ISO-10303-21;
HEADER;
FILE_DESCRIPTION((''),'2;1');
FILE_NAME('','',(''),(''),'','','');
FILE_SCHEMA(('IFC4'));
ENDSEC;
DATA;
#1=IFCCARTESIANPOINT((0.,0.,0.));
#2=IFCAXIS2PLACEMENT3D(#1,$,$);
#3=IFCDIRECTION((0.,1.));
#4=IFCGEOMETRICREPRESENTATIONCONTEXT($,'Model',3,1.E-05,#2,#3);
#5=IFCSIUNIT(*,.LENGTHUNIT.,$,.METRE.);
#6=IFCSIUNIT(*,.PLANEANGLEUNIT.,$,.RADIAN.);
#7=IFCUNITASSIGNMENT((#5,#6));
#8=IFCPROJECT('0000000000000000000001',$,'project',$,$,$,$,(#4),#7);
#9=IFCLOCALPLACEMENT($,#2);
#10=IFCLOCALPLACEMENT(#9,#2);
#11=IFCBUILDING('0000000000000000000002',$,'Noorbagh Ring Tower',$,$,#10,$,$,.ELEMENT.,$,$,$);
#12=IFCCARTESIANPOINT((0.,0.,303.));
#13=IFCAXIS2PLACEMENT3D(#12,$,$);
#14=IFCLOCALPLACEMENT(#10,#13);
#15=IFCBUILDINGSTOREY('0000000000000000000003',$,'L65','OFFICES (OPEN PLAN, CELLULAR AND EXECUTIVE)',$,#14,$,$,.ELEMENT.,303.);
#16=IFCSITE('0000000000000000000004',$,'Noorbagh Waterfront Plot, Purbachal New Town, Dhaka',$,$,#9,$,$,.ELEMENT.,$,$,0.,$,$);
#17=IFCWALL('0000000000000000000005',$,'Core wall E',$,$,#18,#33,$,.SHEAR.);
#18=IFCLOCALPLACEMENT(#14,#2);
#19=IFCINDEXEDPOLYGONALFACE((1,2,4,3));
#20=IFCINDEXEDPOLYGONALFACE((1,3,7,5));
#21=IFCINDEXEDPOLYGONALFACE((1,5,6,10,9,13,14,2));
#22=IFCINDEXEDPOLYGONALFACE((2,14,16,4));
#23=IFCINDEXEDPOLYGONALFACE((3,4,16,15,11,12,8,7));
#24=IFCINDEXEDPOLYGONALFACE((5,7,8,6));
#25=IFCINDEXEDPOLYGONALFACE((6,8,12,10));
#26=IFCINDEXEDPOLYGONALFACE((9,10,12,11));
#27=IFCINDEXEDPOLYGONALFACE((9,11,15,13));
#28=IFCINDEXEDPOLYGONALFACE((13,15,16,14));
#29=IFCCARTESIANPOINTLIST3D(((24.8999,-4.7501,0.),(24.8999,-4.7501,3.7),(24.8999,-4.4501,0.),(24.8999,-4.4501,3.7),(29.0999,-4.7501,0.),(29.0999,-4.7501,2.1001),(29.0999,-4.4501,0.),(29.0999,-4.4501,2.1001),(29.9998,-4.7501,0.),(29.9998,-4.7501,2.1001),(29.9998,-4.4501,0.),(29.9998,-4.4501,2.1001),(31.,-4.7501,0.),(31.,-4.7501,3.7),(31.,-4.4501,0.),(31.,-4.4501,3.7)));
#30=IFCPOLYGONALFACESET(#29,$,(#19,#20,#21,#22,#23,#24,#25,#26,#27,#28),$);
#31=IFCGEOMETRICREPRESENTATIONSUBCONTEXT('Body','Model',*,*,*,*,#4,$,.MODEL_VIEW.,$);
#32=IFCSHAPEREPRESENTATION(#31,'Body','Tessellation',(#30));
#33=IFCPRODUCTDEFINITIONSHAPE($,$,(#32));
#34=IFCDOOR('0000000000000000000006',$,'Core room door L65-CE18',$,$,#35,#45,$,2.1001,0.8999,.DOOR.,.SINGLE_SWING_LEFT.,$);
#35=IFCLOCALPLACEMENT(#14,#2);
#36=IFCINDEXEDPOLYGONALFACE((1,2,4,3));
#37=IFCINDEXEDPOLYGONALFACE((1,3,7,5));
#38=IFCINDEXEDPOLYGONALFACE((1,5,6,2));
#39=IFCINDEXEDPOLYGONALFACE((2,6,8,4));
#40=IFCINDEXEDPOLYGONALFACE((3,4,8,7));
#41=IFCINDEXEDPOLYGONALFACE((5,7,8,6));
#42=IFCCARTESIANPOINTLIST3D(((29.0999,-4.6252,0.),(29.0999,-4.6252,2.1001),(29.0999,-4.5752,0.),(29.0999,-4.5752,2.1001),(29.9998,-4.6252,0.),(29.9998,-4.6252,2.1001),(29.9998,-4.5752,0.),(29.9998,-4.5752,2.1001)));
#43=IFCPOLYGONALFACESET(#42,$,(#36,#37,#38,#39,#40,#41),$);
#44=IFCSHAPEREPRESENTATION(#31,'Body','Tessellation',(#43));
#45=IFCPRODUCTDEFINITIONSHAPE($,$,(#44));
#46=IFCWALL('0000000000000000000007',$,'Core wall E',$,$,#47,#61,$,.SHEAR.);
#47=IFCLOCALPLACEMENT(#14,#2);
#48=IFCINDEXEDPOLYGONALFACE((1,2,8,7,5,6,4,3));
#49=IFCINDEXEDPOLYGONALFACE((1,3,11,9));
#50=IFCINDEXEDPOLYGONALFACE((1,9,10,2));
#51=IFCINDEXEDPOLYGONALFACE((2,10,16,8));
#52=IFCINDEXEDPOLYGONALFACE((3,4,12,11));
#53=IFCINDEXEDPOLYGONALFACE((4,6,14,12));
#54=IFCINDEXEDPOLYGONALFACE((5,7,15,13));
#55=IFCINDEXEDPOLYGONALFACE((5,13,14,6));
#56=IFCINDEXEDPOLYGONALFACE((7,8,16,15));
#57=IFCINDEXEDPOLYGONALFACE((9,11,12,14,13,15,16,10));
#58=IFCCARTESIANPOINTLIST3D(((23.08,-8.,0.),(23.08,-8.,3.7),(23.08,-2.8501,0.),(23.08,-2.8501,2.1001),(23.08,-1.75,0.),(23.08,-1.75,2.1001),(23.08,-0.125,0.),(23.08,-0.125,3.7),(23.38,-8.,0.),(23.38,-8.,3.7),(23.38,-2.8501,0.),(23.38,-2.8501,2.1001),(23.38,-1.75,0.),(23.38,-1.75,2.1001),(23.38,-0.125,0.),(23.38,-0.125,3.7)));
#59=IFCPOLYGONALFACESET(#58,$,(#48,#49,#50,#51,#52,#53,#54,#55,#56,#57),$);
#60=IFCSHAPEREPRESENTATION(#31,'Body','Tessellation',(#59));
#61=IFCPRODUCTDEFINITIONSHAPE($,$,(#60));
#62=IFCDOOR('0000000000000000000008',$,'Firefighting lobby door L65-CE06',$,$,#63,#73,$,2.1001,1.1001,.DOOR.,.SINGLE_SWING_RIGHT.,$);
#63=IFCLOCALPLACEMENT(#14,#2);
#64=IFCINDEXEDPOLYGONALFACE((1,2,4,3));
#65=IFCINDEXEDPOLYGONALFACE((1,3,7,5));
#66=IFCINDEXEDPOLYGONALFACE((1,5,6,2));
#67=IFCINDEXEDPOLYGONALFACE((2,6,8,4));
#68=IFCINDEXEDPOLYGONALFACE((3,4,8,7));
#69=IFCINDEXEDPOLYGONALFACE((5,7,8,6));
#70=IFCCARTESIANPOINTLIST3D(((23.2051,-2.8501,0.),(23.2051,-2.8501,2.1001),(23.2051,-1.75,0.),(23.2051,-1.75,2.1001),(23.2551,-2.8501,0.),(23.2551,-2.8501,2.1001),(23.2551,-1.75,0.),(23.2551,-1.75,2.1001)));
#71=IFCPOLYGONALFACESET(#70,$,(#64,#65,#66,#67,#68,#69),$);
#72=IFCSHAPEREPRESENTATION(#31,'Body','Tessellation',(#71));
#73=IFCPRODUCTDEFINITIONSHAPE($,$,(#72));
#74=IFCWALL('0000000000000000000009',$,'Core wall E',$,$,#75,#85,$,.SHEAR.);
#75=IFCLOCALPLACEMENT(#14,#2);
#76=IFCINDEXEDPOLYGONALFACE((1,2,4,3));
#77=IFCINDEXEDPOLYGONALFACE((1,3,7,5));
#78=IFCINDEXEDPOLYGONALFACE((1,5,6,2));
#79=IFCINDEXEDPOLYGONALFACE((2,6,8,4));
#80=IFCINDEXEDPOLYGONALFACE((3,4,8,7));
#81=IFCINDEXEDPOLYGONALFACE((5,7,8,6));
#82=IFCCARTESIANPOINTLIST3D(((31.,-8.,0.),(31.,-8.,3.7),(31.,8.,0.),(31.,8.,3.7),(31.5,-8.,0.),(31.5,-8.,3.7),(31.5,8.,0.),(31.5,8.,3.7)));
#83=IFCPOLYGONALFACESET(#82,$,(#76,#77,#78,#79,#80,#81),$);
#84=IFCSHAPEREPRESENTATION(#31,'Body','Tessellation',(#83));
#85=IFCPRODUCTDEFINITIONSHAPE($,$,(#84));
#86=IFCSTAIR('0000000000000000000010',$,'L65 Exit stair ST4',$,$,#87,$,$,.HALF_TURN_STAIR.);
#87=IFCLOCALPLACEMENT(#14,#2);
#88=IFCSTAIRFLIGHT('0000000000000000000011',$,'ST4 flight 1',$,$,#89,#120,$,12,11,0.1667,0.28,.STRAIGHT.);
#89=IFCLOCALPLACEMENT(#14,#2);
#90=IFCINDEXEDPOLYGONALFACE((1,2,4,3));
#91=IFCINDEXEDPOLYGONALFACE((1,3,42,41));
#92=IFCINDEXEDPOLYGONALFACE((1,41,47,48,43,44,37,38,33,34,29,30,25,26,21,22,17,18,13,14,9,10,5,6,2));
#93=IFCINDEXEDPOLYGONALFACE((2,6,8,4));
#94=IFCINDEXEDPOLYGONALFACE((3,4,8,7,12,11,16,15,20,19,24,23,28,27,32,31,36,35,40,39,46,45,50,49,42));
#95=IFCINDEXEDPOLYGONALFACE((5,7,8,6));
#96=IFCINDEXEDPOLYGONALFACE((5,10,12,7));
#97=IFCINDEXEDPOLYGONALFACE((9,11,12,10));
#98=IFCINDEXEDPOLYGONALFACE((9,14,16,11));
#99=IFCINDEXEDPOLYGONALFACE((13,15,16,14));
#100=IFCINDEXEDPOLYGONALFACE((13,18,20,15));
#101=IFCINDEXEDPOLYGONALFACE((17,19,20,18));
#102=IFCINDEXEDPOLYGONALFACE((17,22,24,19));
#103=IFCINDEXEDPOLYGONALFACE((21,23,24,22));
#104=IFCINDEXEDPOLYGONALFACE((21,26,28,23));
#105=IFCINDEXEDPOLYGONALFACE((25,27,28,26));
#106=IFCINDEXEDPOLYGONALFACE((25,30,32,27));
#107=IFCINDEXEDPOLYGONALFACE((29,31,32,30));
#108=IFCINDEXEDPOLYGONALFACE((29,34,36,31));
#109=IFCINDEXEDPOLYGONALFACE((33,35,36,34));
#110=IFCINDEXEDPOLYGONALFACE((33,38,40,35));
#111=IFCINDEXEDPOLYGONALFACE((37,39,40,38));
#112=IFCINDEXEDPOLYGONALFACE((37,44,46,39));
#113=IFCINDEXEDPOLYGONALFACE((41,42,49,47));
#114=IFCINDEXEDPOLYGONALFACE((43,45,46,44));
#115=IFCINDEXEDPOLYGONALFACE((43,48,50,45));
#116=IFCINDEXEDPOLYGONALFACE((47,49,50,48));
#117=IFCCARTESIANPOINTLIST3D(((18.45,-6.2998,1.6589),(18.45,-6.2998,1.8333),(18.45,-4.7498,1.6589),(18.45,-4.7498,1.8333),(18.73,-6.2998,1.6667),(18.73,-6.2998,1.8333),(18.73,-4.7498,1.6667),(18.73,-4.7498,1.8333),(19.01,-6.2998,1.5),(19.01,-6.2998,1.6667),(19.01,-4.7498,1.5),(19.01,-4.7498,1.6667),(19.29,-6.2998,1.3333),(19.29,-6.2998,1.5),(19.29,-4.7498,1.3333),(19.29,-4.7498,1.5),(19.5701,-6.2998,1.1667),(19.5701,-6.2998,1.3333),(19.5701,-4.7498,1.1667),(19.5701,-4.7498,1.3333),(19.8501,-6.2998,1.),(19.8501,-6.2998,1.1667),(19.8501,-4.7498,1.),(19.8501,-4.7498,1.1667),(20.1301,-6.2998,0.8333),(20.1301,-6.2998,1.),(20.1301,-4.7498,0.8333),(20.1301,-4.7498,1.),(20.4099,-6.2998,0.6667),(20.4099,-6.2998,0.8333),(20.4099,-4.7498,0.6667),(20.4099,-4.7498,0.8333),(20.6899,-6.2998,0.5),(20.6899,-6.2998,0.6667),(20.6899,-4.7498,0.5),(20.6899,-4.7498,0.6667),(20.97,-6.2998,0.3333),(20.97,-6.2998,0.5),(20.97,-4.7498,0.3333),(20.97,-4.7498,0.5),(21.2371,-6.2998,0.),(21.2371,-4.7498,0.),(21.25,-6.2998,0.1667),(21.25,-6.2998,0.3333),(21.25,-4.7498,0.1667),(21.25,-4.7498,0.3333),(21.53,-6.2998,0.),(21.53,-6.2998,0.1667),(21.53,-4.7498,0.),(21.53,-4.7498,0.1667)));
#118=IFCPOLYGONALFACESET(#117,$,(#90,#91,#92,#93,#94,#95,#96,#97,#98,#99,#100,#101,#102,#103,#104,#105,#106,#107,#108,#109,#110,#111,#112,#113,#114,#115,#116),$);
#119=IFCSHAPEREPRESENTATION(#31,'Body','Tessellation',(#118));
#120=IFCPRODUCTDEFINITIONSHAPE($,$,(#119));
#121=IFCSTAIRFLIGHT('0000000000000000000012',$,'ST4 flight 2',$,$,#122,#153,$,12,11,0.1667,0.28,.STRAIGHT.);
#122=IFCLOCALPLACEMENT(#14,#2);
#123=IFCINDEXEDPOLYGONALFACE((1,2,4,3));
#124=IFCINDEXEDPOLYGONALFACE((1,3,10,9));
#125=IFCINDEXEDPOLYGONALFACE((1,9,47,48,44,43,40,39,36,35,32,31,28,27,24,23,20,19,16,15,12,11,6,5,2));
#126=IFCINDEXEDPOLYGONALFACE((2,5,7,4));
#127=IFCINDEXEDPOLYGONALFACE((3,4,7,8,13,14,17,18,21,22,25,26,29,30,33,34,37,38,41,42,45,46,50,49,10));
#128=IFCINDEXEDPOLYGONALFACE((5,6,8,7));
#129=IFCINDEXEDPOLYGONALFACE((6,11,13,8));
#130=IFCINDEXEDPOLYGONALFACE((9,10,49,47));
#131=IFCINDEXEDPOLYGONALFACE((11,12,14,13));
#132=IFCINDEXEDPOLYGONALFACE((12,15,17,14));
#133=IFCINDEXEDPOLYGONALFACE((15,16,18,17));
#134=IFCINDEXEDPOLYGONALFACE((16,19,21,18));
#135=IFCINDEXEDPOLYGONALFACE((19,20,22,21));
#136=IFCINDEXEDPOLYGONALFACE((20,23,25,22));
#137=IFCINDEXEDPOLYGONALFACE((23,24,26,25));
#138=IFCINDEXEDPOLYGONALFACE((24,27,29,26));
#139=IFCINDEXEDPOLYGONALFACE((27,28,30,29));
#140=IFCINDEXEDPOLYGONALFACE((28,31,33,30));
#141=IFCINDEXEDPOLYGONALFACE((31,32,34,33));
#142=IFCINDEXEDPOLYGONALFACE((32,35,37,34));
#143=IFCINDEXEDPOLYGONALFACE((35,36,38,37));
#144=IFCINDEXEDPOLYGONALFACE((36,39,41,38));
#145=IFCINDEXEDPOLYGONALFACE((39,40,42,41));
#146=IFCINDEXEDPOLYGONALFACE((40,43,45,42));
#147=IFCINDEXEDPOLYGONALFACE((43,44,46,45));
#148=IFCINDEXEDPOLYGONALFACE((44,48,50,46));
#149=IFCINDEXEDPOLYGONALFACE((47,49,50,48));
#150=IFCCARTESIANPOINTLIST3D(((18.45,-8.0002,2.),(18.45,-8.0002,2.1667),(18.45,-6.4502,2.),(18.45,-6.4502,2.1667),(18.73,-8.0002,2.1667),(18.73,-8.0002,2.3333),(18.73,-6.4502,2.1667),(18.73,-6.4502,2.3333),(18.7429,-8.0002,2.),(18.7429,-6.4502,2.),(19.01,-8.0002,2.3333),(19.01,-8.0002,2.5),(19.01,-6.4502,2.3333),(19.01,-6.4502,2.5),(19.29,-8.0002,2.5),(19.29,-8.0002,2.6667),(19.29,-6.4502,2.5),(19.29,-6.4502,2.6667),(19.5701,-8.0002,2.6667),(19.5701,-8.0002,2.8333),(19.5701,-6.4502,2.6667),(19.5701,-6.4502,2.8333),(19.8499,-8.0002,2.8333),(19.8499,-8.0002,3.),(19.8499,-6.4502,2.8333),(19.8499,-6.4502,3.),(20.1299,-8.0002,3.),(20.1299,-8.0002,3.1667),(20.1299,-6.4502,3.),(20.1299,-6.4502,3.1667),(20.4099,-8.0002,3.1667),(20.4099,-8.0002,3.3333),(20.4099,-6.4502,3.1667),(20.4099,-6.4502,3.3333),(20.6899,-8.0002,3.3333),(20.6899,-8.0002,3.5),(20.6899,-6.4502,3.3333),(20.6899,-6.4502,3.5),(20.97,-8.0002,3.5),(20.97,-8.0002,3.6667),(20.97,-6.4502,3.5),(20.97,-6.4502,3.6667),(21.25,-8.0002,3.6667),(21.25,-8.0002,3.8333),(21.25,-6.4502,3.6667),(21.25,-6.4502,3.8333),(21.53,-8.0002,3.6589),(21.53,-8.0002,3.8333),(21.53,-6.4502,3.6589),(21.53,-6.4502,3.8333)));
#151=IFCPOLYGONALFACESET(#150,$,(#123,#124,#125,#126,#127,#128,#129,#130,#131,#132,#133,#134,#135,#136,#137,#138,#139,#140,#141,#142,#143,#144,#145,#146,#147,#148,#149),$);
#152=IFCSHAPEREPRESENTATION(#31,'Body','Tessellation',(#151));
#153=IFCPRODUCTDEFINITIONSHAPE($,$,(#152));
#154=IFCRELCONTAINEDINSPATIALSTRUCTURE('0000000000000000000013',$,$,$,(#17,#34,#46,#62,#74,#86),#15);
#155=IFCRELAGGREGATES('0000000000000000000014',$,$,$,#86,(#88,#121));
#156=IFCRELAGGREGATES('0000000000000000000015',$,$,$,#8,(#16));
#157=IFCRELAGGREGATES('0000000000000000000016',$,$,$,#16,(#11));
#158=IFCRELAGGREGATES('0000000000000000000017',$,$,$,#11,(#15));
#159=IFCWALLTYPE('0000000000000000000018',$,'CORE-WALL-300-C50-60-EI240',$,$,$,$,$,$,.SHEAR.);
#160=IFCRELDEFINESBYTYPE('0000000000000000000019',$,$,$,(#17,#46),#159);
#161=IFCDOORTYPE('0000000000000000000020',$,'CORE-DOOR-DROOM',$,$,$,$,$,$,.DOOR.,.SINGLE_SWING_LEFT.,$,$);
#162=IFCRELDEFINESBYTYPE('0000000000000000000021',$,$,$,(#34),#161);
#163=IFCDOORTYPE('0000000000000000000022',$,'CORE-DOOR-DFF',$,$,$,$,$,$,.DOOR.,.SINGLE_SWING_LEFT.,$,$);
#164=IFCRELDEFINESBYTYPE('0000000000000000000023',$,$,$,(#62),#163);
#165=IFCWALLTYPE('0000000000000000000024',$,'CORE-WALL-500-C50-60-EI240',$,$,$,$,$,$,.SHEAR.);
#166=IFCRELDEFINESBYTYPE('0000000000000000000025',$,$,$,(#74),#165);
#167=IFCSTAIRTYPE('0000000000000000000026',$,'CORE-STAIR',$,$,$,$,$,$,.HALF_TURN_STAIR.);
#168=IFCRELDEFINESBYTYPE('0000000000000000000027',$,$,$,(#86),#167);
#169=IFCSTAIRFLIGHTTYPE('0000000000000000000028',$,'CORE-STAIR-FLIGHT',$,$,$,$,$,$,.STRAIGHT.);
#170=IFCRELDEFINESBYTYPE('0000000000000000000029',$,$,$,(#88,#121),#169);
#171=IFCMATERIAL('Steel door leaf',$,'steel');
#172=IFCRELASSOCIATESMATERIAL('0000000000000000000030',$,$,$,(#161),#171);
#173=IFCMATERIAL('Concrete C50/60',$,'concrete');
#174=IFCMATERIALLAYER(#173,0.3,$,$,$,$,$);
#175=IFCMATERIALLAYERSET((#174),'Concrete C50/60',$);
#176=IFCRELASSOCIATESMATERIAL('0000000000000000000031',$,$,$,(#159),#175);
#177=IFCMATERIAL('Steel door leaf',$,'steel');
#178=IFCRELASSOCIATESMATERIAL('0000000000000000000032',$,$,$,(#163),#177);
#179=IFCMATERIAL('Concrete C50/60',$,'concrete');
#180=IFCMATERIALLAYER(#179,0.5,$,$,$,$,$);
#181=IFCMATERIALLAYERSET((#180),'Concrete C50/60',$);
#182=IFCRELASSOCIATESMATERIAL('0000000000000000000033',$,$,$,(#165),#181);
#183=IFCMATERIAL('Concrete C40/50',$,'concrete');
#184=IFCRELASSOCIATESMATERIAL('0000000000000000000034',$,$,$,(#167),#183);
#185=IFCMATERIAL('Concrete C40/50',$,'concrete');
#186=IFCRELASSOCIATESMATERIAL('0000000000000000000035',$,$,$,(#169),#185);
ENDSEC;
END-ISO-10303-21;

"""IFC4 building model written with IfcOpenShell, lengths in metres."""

from ifc_helpers import new_model, si_unit, direction, frame, frame_2d, origin, place, context, subcontext, project, spatial, polyline, rectangle, outline, extrude, material, layer, layer_set, type_object, element, fill, aggregate, save


model = new_model("IFC4")

# Units and contexts
model_context = context("Model", 3, precision=1e-05, world=origin(), true_north=direction((0.0, 1.0)))
body_context = subcontext(model_context, "Body", "Model", "MODEL_VIEW")
ifc_project = project(units=[si_unit("LENGTHUNIT", "METRE"), si_unit("PLANEANGLEUNIT", "RADIAN")], contexts=[model_context])

# Site, building, storey
site_placement = place(None, origin())
site = spatial("IfcSite", under=ifc_project, at=site_placement, Name="Noorbagh Waterfront Plot, Purbachal New Town, Dhaka", CompositionType="ELEMENT", RefElevation=0.0)
building_placement = place(site_placement, origin())
building = spatial("IfcBuilding", under=site, at=building_placement, Name="Noorbagh Ring Tower", CompositionType="ELEMENT")
storey_placement = place(building_placement, frame((0.0, 0.0, 303.0)))
storey = spatial("IfcBuildingStorey", under=building, at=storey_placement, Name="L65", Description="OFFICES (OPEN PLAN, CELLULAR AND EXECUTIVE)", CompositionType="ELEMENT", Elevation=303.0)

# Shared definitions
ifc_material_1 = material(Name="Steel door leaf", Category="steel")
door_type_1 = type_object("IfcDoorType", Name="CORE-DOOR-DROOM", OperationType="SINGLE_SWING_LEFT", PredefinedType="DOOR", material=ifc_material_1)

# Walls, openings, doors
ifc_material_2 = material(Name="Concrete C50/60", Category="concrete")
ifc_layer_1 = layer(ifc_material_2, 0.3)
ifc_layer_set_1 = layer_set([ifc_layer_1], Name="Concrete C50/60")
wall_type_1 = type_object("IfcWallType", Name="CORE-WALL-300-C50-60-EI240", PredefinedType="SHEAR", material=ifc_layer_set_1)
wall_1_placement = place(storey_placement, frame((24.8999, -4.6001, 0.0), z_axis=(0.0, 0.0, 1.0), x_axis=(1.0, 0.0, 0.0)))
wall_1 = element("IfcWall", 1, at=wall_1_placement, inside=storey, type_object=wall_type_1, Name="Core wall E", PredefinedType="SHEAR", context=body_context, shape_type="SweptSolid", body=[
    extrude(rectangle(XDim=6.1001, YDim=0.3, at=frame_2d((3.05, 0.0))), origin(), (0.0, 0.0, 1.0), 3.7),
])
opening_1_placement = place(wall_1_placement, frame((4.2, 0.0, 0.0)))
opening_1 = element("IfcOpeningElement", 2, at=opening_1_placement, cuts=wall_1, PredefinedType="OPENING", context=body_context, shape_type="SweptSolid", body=[
    extrude(rectangle(XDim=0.8999, YDim=2.1001, at=frame_2d((0.45, 1.05))), frame((0.0, 0.1602, 0.0), z_axis=(0.0, -1.0, 0.0), x_axis=(1.0, 0.0, 0.0)), (0.0, 0.0, 1.0), 0.3201),
])
door_1_placement = place(opening_1_placement, origin())
door_1 = element("IfcDoor", 3, at=door_1_placement, inside=storey, type_object=door_type_1, Name="Core room door L65-CE18", OperationType="SINGLE_SWING_LEFT", OverallHeight=2.1001, OverallWidth=0.8999, PredefinedType="DOOR", context=body_context, shape_type="SweptSolid", body=[
    extrude(rectangle(XDim=0.8999, YDim=2.1001, at=frame_2d((0.45, 1.05))), frame((0.0, 0.0249, 0.0), z_axis=(0.0, -1.0, 0.0), x_axis=(1.0, 0.0, 0.0)), (0.0, 0.0, 1.0), 0.05),
])
fill(opening_1, door_1)
wall_2_placement = place(storey_placement, frame((23.23, -8.0, 0.0), z_axis=(0.0, 0.0, 1.0), x_axis=(0.0, 1.0, 0.0)))
wall_2 = element("IfcWall", 4, at=wall_2_placement, inside=storey, type_object=wall_type_1, Name="Core wall E", PredefinedType="SHEAR", context=body_context, shape_type="SweptSolid", body=[
    extrude(rectangle(XDim=7.875, YDim=0.3, at=frame_2d((3.9375, 0.0))), origin(), (0.0, 0.0, 1.0), 3.7),
])
opening_2_placement = place(wall_2_placement, frame((5.1499, 0.0, 0.0)))
opening_2 = element("IfcOpeningElement", 5, at=opening_2_placement, cuts=wall_2, PredefinedType="OPENING", context=body_context, shape_type="SweptSolid", body=[
    extrude(rectangle(XDim=1.1001, YDim=2.1001, at=frame_2d((0.55, 1.05))), frame((0.0, 0.1602, 0.0), z_axis=(0.0, -1.0, 0.0), x_axis=(1.0, 0.0, 0.0)), (0.0, 0.0, 1.0), 0.3201),
])
ifc_material_3 = material(Name="Steel door leaf", Category="steel")
door_type_2 = type_object("IfcDoorType", Name="CORE-DOOR-DFF", OperationType="SINGLE_SWING_LEFT", PredefinedType="DOOR", material=ifc_material_3)
door_2_placement = place(opening_2_placement, origin())
door_2 = element("IfcDoor", 6, at=door_2_placement, inside=storey, type_object=door_type_2, Name="Firefighting lobby door L65-CE06", OperationType="SINGLE_SWING_RIGHT", OverallHeight=2.1001, OverallWidth=1.1001, PredefinedType="DOOR", context=body_context, shape_type="SweptSolid", body=[
    extrude(rectangle(XDim=1.1001, YDim=2.1001, at=frame_2d((0.55, 1.05))), frame((0.0, 0.0249, 0.0), z_axis=(0.0, -1.0, 0.0), x_axis=(1.0, 0.0, 0.0)), (0.0, 0.0, 1.0), 0.05),
])
fill(opening_2, door_2)

# Wall
ifc_material_4 = material(Name="Concrete C50/60", Category="concrete")
ifc_layer_2 = layer(ifc_material_4, 0.5)
ifc_layer_set_2 = layer_set([ifc_layer_2], Name="Concrete C50/60")
wall_type_2 = type_object("IfcWallType", Name="CORE-WALL-500-C50-60-EI240", PredefinedType="SHEAR", material=ifc_layer_set_2)
wall_3_placement = place(storey_placement, frame((31.25, -8.0, 0.0), z_axis=(0.0, 0.0, 1.0), x_axis=(0.0, 1.0, 0.0)))
element("IfcWall", 7, at=wall_3_placement, inside=storey, type_object=wall_type_2, Name="Core wall E", PredefinedType="SHEAR", context=body_context, shape_type="SweptSolid", body=[
    extrude(rectangle(XDim=16.0, YDim=0.5, at=frame_2d((8.0, 0.0))), origin(), (0.0, 0.0, 1.0), 3.7),
])

# Stair, stair flights
ifc_material_5 = material(Name="Concrete C40/50", Category="concrete")
stair_type = type_object("IfcStairType", Name="CORE-STAIR", PredefinedType="HALF_TURN_STAIR", material=ifc_material_5)
stair_placement = place(storey_placement, origin())
stair = element("IfcStair", 8, at=stair_placement, inside=storey, type_object=stair_type, Name="L65 Exit stair ST4", PredefinedType="HALF_TURN_STAIR")
ifc_material_6 = material(Name="Concrete C40/50", Category="concrete")
stair_flight_type = type_object("IfcStairFlightType", Name="CORE-STAIR-FLIGHT", PredefinedType="STRAIGHT", material=ifc_material_6)
stair_flight_1_placement = place(storey_placement, frame((21.53, -5.5249, 0.0), z_axis=(0.0, 0.0, 1.0), x_axis=(-1.0, 0.0, 0.0)))
stair_flight_1 = element("IfcStairFlight", 9, at=stair_flight_1_placement, type_object=stair_flight_type, Name="ST4 flight 1", NumberOfRisers=12, NumberOfTreads=11, PredefinedType="STRAIGHT", RiserHeight=0.1667, TreadLength=0.28, context=body_context, shape_type="SweptSolid", body=[
    extrude(outline(polyline([(0.0, 0.0), (0.0, 0.1667), (0.28, 0.1667), (0.28, 0.3333), (0.5601, 0.3333), (0.5601, 0.5), (0.8401, 0.5), (0.8401, 0.6667), (1.1201, 0.6667), (1.1201, 0.8333), (1.3999, 0.8333), (1.3999, 1.0), (1.6799, 1.0), (1.6799, 1.1667), (1.96, 1.1667), (1.96, 1.3333), (2.24, 1.3333), (2.24, 1.5), (2.52, 1.5), (2.52, 1.6667), (2.8, 1.6667), (2.8, 1.8333), (3.0801, 1.8333), (3.0801, 2.0), (3.0801, 1.6589), (0.293, 0.0), (0.0, 0.0)])), frame((0.0, 0.7749, 0.0), z_axis=(0.0, -1.0, 0.0), x_axis=(1.0, 0.0, 0.0)), (0.0, 0.0, 1.0), 1.55),
])
stair_flight_2_placement = place(storey_placement, frame((18.45, -7.2251, 2.0), z_axis=(0.0, 0.0, 1.0), x_axis=(1.0, 0.0, 0.0)))
stair_flight_2 = element("IfcStairFlight", 10, at=stair_flight_2_placement, type_object=stair_flight_type, Name="ST4 flight 2", NumberOfRisers=12, NumberOfTreads=11, PredefinedType="STRAIGHT", RiserHeight=0.1667, TreadLength=0.28, context=body_context, shape_type="SweptSolid", body=[
    extrude(outline(polyline([(0.0, 0.0), (0.0, 0.1667), (0.28, 0.1667), (0.28, 0.3333), (0.5601, 0.3333), (0.5601, 0.5), (0.8401, 0.5), (0.8401, 0.6667), (1.1201, 0.6667), (1.1201, 0.8333), (1.3999, 0.8333), (1.3999, 1.0), (1.6799, 1.0), (1.6799, 1.1667), (1.96, 1.1667), (1.96, 1.3333), (2.24, 1.3333), (2.24, 1.5), (2.52, 1.5), (2.52, 1.6667), (2.8, 1.6667), (2.8, 1.8333), (3.0801, 1.8333), (3.0801, 2.0), (3.0801, 1.6589), (0.293, 0.0), (0.0, 0.0)])), frame((0.0, 0.7749, 0.0), z_axis=(0.0, -1.0, 0.0), x_axis=(1.0, 0.0, 0.0)), (0.0, 0.0, 1.0), 1.55),
])
aggregate(stair, [stair_flight_1, stair_flight_2])

save(model, "model.ifc")
